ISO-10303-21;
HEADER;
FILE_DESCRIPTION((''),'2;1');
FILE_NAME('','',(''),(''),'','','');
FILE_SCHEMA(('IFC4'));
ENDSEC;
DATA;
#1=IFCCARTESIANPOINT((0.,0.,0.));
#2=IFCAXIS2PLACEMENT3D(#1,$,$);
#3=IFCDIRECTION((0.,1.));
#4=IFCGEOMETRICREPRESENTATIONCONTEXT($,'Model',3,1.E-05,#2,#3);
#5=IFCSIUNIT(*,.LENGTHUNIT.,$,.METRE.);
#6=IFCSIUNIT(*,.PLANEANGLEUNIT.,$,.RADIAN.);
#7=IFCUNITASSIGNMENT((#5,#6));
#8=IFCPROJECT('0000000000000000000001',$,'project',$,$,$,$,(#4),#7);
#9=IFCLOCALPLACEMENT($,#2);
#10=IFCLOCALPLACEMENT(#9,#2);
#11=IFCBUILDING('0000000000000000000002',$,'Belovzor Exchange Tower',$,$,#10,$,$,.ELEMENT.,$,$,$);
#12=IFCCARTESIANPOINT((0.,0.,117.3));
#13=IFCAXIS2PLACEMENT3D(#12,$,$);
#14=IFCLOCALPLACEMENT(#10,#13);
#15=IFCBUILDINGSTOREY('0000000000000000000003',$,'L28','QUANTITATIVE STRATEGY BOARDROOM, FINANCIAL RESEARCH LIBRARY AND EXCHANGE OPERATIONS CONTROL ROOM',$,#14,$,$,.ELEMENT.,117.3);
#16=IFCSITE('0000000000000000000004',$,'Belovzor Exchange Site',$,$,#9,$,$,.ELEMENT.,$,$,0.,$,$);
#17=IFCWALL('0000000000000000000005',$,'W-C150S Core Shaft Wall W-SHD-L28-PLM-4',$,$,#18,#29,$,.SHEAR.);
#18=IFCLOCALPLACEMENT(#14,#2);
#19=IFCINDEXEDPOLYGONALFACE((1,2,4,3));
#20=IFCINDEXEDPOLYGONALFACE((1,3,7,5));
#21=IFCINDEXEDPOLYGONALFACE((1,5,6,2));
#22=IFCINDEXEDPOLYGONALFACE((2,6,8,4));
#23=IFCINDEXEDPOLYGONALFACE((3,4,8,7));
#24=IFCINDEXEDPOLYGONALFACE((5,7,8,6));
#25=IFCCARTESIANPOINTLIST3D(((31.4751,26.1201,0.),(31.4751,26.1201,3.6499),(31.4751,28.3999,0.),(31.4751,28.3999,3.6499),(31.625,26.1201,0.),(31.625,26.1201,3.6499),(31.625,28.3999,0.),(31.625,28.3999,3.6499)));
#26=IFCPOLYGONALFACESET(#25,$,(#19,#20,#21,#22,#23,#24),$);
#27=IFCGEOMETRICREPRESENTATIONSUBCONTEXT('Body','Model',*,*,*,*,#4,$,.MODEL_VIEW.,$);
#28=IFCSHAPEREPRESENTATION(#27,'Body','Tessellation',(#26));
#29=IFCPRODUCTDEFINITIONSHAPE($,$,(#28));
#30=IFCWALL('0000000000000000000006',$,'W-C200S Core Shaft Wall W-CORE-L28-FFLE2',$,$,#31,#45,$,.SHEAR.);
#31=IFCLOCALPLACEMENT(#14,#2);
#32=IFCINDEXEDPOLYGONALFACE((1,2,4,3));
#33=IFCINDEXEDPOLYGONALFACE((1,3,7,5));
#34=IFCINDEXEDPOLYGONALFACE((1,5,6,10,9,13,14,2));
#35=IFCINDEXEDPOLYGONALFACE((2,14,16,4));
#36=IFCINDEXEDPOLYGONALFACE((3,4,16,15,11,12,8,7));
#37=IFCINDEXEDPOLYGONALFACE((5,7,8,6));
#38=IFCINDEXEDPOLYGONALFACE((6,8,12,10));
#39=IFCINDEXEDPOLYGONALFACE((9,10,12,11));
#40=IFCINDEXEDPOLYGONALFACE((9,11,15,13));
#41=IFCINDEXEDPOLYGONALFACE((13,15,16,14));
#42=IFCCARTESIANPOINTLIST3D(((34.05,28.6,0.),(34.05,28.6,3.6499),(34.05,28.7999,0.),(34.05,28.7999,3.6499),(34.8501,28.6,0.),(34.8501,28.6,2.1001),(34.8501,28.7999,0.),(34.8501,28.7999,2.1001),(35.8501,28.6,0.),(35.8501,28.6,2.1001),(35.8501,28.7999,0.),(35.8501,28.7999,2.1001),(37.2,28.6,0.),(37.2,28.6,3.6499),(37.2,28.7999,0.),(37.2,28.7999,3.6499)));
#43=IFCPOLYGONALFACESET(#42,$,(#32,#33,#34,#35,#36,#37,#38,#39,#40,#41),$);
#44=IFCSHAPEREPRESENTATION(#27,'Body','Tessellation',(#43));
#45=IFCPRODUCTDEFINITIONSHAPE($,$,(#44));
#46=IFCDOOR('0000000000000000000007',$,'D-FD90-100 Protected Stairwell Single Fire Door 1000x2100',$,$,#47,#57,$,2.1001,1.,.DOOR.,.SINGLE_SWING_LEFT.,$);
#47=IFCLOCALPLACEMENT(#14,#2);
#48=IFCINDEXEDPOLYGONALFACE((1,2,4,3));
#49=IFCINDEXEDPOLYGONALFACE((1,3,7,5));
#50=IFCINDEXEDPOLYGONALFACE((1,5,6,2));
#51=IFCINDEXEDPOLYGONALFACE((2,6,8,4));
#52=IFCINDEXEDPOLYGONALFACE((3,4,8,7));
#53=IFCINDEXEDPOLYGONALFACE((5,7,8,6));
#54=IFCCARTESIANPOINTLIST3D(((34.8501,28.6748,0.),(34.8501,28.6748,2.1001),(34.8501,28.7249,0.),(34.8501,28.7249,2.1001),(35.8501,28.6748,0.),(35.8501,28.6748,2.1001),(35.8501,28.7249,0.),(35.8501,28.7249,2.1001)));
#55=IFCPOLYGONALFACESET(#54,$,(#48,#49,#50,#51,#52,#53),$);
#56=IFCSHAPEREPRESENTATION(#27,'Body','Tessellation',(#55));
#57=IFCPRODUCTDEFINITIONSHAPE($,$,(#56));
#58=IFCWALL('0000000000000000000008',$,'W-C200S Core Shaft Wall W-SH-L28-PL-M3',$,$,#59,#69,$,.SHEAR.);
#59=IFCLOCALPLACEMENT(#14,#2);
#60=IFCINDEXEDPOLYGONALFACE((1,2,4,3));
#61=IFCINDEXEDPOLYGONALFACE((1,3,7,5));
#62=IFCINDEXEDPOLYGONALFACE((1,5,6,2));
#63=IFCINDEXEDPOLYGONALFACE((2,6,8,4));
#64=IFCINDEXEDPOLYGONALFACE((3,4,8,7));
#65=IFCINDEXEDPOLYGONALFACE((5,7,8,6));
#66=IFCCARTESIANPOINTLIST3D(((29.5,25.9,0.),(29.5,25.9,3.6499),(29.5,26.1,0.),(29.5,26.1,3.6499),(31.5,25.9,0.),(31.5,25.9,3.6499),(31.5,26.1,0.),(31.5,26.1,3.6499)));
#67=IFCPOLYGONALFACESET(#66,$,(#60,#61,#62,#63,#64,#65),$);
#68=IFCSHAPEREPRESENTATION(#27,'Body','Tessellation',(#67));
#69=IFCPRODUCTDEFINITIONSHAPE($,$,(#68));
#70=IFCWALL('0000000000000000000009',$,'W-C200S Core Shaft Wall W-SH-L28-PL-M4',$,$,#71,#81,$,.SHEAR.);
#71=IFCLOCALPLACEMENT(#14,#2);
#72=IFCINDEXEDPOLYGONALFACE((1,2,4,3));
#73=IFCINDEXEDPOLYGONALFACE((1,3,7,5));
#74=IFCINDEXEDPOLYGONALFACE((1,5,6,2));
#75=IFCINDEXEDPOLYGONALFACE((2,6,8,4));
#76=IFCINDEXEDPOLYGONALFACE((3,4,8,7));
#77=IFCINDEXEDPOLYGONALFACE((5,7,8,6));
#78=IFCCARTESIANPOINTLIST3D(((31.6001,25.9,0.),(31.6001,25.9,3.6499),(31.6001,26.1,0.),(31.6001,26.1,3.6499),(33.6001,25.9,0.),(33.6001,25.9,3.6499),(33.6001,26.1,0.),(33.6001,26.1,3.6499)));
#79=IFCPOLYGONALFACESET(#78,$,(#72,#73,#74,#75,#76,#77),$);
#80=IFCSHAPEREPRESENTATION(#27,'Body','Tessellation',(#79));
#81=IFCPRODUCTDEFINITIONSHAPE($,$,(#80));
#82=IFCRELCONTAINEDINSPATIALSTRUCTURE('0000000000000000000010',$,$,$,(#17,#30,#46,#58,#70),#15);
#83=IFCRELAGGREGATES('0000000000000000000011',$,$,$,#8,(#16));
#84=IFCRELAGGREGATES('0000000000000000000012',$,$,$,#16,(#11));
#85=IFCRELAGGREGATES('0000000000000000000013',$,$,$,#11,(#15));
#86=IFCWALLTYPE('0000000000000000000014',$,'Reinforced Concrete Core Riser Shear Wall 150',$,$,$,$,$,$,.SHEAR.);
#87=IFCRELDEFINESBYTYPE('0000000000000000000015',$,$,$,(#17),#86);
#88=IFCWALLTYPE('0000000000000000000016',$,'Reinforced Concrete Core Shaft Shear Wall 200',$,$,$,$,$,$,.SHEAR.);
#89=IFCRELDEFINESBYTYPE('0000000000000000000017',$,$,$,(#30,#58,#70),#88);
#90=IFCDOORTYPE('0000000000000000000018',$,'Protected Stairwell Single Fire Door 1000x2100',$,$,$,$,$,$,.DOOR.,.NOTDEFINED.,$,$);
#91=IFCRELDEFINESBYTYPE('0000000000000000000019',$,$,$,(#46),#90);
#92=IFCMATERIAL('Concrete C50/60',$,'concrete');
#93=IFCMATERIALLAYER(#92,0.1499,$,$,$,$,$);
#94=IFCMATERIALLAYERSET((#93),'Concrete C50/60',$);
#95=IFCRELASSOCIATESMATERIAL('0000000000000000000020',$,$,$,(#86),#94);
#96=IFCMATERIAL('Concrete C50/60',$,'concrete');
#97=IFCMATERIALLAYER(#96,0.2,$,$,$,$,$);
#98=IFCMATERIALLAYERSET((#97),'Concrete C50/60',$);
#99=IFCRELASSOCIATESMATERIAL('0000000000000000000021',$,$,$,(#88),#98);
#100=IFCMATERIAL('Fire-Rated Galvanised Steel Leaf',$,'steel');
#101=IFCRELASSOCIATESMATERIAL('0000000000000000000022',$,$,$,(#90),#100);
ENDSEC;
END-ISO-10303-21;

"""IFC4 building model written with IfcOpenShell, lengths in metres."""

from ifc_helpers import new_model, si_unit, direction, frame, frame_2d, origin, place, context, subcontext, project, spatial, rectangle, extrude, material, layer, layer_set, type_object, element, fill, save


model = new_model("IFC4")

# Units and contexts
model_context = context("Model", 3, precision=1e-05, world=origin(), true_north=direction((0.0, 1.0)))
body_context = subcontext(model_context, "Body", "Model", "MODEL_VIEW")
ifc_project = project(units=[si_unit("LENGTHUNIT", "METRE"), si_unit("PLANEANGLEUNIT", "RADIAN")], contexts=[model_context])

# Site, building, storey
site_placement = place(None, origin())
site = spatial("IfcSite", under=ifc_project, at=site_placement, Name="Belovzor Exchange Site", CompositionType="ELEMENT", RefElevation=0.0)
building_placement = place(site_placement, origin())
building = spatial("IfcBuilding", under=site, at=building_placement, Name="Belovzor Exchange Tower", CompositionType="ELEMENT")
storey_placement = place(building_placement, frame((0.0, 0.0, 117.3)))
storey = spatial("IfcBuildingStorey", under=building, at=storey_placement, Name="L28", Description="QUANTITATIVE STRATEGY BOARDROOM, FINANCIAL RESEARCH LIBRARY AND EXCHANGE OPERATIONS CONTROL ROOM", CompositionType="ELEMENT", Elevation=117.3)

# Wall
ifc_material_1 = material(Name="Concrete C50/60", Category="concrete")
ifc_layer_1 = layer(ifc_material_1, 0.1499)
ifc_layer_set_1 = layer_set([ifc_layer_1], Name="Concrete C50/60")
wall_type_1 = type_object("IfcWallType", Name="Reinforced Concrete Core Riser Shear Wall 150", PredefinedType="SHEAR", material=ifc_layer_set_1)
for number, where, z_axis, x_axis, name in (
    (1, (31.55, 26.1201, 0.0), (0.0, 0.0, 1.0), (0.0, 1.0, 0.0), "W-C150S Core Shaft Wall W-SHD-L28-PLM-4"),
):
    element("IfcWall", number, at=place(storey_placement, frame(where, z_axis=z_axis, x_axis=x_axis)), inside=storey, type_object=wall_type_1, Name=name, PredefinedType="SHEAR", context=body_context, shape_type="SweptSolid", body=[
        extrude(rectangle(XDim=2.2798, YDim=0.1499, at=frame_2d((1.1399, 0.0))), origin(), (0.0, 0.0, 1.0), 3.6499),
    ])

# Wall, opening, door
ifc_material_2 = material(Name="Concrete C50/60", Category="concrete")
ifc_layer_2 = layer(ifc_material_2, 0.2)
ifc_layer_set_2 = layer_set([ifc_layer_2], Name="Concrete C50/60")
wall_type_2 = type_object("IfcWallType", Name="Reinforced Concrete Core Shaft Shear Wall 200", PredefinedType="SHEAR", material=ifc_layer_set_2)
wall_1_placement = place(storey_placement, frame((34.05, 28.7, 0.0), z_axis=(0.0, 0.0, 1.0), x_axis=(1.0, 0.0, 0.0)))
wall_1 = element("IfcWall", 2, at=wall_1_placement, inside=storey, type_object=wall_type_2, Name="W-C200S Core Shaft Wall W-CORE-L28-FFLE2", PredefinedType="SHEAR", context=body_context, shape_type="SweptSolid", body=[
    extrude(rectangle(XDim=3.1499, YDim=0.2, at=frame_2d((1.575, 0.0))), origin(), (0.0, 0.0, 1.0), 3.6499),
])
opening_1_placement = place(wall_1_placement, frame((0.8, 0.0, 0.0)))
opening_1 = element("IfcOpeningElement", 3, at=opening_1_placement, cuts=wall_1, PredefinedType="OPENING", context=body_context, shape_type="SweptSolid", body=[
    extrude(rectangle(XDim=1.0, YDim=2.1001, at=frame_2d((0.5, 1.05))), frame((0.0, 0.1099, 0.0), z_axis=(0.0, -1.0, 0.0), x_axis=(1.0, 0.0, 0.0)), (0.0, 0.0, 1.0), 0.22),
])
ifc_material_3 = material(Name="Fire-Rated Galvanised Steel Leaf", Category="steel")
door_type_1 = type_object("IfcDoorType", Name="Protected Stairwell Single Fire Door 1000x2100", OperationType="NOTDEFINED", PredefinedType="DOOR", material=ifc_material_3)
door_1_placement = place(opening_1_placement, origin())
door_1 = element("IfcDoor", 4, at=door_1_placement, inside=storey, type_object=door_type_1, Name="D-FD90-100 Protected Stairwell Single Fire Door 1000x2100", OperationType="SINGLE_SWING_LEFT", OverallHeight=2.1001, OverallWidth=1.0, PredefinedType="DOOR", context=body_context, shape_type="SweptSolid", body=[
    extrude(rectangle(XDim=1.0, YDim=2.1001, at=frame_2d((0.5, 1.05))), frame((0.0, 0.0249, 0.0), z_axis=(0.0, -1.0, 0.0), x_axis=(1.0, 0.0, 0.0)), (0.0, 0.0, 1.0), 0.05),
])
fill(opening_1, door_1)

# Walls
for number, where, z_axis, x_axis, name in (
    (5, (29.5, 26.0, 0.0), (0.0, 0.0, 1.0), (1.0, 0.0, 0.0), "W-C200S Core Shaft Wall W-SH-L28-PL-M3"),
    (6, (31.6001, 26.0, 0.0), (0.0, 0.0, 1.0), (1.0, 0.0, 0.0), "W-C200S Core Shaft Wall W-SH-L28-PL-M4"),
):
    element("IfcWall", number, at=place(storey_placement, frame(where, z_axis=z_axis, x_axis=x_axis)), inside=storey, type_object=wall_type_2, Name=name, PredefinedType="SHEAR", context=body_context, shape_type="SweptSolid", body=[
        extrude(rectangle(XDim=2.0, YDim=0.2, at=frame_2d((1.0, 0.0))), origin(), (0.0, 0.0, 1.0), 3.6499),
    ])

save(model, "model.ifc")
